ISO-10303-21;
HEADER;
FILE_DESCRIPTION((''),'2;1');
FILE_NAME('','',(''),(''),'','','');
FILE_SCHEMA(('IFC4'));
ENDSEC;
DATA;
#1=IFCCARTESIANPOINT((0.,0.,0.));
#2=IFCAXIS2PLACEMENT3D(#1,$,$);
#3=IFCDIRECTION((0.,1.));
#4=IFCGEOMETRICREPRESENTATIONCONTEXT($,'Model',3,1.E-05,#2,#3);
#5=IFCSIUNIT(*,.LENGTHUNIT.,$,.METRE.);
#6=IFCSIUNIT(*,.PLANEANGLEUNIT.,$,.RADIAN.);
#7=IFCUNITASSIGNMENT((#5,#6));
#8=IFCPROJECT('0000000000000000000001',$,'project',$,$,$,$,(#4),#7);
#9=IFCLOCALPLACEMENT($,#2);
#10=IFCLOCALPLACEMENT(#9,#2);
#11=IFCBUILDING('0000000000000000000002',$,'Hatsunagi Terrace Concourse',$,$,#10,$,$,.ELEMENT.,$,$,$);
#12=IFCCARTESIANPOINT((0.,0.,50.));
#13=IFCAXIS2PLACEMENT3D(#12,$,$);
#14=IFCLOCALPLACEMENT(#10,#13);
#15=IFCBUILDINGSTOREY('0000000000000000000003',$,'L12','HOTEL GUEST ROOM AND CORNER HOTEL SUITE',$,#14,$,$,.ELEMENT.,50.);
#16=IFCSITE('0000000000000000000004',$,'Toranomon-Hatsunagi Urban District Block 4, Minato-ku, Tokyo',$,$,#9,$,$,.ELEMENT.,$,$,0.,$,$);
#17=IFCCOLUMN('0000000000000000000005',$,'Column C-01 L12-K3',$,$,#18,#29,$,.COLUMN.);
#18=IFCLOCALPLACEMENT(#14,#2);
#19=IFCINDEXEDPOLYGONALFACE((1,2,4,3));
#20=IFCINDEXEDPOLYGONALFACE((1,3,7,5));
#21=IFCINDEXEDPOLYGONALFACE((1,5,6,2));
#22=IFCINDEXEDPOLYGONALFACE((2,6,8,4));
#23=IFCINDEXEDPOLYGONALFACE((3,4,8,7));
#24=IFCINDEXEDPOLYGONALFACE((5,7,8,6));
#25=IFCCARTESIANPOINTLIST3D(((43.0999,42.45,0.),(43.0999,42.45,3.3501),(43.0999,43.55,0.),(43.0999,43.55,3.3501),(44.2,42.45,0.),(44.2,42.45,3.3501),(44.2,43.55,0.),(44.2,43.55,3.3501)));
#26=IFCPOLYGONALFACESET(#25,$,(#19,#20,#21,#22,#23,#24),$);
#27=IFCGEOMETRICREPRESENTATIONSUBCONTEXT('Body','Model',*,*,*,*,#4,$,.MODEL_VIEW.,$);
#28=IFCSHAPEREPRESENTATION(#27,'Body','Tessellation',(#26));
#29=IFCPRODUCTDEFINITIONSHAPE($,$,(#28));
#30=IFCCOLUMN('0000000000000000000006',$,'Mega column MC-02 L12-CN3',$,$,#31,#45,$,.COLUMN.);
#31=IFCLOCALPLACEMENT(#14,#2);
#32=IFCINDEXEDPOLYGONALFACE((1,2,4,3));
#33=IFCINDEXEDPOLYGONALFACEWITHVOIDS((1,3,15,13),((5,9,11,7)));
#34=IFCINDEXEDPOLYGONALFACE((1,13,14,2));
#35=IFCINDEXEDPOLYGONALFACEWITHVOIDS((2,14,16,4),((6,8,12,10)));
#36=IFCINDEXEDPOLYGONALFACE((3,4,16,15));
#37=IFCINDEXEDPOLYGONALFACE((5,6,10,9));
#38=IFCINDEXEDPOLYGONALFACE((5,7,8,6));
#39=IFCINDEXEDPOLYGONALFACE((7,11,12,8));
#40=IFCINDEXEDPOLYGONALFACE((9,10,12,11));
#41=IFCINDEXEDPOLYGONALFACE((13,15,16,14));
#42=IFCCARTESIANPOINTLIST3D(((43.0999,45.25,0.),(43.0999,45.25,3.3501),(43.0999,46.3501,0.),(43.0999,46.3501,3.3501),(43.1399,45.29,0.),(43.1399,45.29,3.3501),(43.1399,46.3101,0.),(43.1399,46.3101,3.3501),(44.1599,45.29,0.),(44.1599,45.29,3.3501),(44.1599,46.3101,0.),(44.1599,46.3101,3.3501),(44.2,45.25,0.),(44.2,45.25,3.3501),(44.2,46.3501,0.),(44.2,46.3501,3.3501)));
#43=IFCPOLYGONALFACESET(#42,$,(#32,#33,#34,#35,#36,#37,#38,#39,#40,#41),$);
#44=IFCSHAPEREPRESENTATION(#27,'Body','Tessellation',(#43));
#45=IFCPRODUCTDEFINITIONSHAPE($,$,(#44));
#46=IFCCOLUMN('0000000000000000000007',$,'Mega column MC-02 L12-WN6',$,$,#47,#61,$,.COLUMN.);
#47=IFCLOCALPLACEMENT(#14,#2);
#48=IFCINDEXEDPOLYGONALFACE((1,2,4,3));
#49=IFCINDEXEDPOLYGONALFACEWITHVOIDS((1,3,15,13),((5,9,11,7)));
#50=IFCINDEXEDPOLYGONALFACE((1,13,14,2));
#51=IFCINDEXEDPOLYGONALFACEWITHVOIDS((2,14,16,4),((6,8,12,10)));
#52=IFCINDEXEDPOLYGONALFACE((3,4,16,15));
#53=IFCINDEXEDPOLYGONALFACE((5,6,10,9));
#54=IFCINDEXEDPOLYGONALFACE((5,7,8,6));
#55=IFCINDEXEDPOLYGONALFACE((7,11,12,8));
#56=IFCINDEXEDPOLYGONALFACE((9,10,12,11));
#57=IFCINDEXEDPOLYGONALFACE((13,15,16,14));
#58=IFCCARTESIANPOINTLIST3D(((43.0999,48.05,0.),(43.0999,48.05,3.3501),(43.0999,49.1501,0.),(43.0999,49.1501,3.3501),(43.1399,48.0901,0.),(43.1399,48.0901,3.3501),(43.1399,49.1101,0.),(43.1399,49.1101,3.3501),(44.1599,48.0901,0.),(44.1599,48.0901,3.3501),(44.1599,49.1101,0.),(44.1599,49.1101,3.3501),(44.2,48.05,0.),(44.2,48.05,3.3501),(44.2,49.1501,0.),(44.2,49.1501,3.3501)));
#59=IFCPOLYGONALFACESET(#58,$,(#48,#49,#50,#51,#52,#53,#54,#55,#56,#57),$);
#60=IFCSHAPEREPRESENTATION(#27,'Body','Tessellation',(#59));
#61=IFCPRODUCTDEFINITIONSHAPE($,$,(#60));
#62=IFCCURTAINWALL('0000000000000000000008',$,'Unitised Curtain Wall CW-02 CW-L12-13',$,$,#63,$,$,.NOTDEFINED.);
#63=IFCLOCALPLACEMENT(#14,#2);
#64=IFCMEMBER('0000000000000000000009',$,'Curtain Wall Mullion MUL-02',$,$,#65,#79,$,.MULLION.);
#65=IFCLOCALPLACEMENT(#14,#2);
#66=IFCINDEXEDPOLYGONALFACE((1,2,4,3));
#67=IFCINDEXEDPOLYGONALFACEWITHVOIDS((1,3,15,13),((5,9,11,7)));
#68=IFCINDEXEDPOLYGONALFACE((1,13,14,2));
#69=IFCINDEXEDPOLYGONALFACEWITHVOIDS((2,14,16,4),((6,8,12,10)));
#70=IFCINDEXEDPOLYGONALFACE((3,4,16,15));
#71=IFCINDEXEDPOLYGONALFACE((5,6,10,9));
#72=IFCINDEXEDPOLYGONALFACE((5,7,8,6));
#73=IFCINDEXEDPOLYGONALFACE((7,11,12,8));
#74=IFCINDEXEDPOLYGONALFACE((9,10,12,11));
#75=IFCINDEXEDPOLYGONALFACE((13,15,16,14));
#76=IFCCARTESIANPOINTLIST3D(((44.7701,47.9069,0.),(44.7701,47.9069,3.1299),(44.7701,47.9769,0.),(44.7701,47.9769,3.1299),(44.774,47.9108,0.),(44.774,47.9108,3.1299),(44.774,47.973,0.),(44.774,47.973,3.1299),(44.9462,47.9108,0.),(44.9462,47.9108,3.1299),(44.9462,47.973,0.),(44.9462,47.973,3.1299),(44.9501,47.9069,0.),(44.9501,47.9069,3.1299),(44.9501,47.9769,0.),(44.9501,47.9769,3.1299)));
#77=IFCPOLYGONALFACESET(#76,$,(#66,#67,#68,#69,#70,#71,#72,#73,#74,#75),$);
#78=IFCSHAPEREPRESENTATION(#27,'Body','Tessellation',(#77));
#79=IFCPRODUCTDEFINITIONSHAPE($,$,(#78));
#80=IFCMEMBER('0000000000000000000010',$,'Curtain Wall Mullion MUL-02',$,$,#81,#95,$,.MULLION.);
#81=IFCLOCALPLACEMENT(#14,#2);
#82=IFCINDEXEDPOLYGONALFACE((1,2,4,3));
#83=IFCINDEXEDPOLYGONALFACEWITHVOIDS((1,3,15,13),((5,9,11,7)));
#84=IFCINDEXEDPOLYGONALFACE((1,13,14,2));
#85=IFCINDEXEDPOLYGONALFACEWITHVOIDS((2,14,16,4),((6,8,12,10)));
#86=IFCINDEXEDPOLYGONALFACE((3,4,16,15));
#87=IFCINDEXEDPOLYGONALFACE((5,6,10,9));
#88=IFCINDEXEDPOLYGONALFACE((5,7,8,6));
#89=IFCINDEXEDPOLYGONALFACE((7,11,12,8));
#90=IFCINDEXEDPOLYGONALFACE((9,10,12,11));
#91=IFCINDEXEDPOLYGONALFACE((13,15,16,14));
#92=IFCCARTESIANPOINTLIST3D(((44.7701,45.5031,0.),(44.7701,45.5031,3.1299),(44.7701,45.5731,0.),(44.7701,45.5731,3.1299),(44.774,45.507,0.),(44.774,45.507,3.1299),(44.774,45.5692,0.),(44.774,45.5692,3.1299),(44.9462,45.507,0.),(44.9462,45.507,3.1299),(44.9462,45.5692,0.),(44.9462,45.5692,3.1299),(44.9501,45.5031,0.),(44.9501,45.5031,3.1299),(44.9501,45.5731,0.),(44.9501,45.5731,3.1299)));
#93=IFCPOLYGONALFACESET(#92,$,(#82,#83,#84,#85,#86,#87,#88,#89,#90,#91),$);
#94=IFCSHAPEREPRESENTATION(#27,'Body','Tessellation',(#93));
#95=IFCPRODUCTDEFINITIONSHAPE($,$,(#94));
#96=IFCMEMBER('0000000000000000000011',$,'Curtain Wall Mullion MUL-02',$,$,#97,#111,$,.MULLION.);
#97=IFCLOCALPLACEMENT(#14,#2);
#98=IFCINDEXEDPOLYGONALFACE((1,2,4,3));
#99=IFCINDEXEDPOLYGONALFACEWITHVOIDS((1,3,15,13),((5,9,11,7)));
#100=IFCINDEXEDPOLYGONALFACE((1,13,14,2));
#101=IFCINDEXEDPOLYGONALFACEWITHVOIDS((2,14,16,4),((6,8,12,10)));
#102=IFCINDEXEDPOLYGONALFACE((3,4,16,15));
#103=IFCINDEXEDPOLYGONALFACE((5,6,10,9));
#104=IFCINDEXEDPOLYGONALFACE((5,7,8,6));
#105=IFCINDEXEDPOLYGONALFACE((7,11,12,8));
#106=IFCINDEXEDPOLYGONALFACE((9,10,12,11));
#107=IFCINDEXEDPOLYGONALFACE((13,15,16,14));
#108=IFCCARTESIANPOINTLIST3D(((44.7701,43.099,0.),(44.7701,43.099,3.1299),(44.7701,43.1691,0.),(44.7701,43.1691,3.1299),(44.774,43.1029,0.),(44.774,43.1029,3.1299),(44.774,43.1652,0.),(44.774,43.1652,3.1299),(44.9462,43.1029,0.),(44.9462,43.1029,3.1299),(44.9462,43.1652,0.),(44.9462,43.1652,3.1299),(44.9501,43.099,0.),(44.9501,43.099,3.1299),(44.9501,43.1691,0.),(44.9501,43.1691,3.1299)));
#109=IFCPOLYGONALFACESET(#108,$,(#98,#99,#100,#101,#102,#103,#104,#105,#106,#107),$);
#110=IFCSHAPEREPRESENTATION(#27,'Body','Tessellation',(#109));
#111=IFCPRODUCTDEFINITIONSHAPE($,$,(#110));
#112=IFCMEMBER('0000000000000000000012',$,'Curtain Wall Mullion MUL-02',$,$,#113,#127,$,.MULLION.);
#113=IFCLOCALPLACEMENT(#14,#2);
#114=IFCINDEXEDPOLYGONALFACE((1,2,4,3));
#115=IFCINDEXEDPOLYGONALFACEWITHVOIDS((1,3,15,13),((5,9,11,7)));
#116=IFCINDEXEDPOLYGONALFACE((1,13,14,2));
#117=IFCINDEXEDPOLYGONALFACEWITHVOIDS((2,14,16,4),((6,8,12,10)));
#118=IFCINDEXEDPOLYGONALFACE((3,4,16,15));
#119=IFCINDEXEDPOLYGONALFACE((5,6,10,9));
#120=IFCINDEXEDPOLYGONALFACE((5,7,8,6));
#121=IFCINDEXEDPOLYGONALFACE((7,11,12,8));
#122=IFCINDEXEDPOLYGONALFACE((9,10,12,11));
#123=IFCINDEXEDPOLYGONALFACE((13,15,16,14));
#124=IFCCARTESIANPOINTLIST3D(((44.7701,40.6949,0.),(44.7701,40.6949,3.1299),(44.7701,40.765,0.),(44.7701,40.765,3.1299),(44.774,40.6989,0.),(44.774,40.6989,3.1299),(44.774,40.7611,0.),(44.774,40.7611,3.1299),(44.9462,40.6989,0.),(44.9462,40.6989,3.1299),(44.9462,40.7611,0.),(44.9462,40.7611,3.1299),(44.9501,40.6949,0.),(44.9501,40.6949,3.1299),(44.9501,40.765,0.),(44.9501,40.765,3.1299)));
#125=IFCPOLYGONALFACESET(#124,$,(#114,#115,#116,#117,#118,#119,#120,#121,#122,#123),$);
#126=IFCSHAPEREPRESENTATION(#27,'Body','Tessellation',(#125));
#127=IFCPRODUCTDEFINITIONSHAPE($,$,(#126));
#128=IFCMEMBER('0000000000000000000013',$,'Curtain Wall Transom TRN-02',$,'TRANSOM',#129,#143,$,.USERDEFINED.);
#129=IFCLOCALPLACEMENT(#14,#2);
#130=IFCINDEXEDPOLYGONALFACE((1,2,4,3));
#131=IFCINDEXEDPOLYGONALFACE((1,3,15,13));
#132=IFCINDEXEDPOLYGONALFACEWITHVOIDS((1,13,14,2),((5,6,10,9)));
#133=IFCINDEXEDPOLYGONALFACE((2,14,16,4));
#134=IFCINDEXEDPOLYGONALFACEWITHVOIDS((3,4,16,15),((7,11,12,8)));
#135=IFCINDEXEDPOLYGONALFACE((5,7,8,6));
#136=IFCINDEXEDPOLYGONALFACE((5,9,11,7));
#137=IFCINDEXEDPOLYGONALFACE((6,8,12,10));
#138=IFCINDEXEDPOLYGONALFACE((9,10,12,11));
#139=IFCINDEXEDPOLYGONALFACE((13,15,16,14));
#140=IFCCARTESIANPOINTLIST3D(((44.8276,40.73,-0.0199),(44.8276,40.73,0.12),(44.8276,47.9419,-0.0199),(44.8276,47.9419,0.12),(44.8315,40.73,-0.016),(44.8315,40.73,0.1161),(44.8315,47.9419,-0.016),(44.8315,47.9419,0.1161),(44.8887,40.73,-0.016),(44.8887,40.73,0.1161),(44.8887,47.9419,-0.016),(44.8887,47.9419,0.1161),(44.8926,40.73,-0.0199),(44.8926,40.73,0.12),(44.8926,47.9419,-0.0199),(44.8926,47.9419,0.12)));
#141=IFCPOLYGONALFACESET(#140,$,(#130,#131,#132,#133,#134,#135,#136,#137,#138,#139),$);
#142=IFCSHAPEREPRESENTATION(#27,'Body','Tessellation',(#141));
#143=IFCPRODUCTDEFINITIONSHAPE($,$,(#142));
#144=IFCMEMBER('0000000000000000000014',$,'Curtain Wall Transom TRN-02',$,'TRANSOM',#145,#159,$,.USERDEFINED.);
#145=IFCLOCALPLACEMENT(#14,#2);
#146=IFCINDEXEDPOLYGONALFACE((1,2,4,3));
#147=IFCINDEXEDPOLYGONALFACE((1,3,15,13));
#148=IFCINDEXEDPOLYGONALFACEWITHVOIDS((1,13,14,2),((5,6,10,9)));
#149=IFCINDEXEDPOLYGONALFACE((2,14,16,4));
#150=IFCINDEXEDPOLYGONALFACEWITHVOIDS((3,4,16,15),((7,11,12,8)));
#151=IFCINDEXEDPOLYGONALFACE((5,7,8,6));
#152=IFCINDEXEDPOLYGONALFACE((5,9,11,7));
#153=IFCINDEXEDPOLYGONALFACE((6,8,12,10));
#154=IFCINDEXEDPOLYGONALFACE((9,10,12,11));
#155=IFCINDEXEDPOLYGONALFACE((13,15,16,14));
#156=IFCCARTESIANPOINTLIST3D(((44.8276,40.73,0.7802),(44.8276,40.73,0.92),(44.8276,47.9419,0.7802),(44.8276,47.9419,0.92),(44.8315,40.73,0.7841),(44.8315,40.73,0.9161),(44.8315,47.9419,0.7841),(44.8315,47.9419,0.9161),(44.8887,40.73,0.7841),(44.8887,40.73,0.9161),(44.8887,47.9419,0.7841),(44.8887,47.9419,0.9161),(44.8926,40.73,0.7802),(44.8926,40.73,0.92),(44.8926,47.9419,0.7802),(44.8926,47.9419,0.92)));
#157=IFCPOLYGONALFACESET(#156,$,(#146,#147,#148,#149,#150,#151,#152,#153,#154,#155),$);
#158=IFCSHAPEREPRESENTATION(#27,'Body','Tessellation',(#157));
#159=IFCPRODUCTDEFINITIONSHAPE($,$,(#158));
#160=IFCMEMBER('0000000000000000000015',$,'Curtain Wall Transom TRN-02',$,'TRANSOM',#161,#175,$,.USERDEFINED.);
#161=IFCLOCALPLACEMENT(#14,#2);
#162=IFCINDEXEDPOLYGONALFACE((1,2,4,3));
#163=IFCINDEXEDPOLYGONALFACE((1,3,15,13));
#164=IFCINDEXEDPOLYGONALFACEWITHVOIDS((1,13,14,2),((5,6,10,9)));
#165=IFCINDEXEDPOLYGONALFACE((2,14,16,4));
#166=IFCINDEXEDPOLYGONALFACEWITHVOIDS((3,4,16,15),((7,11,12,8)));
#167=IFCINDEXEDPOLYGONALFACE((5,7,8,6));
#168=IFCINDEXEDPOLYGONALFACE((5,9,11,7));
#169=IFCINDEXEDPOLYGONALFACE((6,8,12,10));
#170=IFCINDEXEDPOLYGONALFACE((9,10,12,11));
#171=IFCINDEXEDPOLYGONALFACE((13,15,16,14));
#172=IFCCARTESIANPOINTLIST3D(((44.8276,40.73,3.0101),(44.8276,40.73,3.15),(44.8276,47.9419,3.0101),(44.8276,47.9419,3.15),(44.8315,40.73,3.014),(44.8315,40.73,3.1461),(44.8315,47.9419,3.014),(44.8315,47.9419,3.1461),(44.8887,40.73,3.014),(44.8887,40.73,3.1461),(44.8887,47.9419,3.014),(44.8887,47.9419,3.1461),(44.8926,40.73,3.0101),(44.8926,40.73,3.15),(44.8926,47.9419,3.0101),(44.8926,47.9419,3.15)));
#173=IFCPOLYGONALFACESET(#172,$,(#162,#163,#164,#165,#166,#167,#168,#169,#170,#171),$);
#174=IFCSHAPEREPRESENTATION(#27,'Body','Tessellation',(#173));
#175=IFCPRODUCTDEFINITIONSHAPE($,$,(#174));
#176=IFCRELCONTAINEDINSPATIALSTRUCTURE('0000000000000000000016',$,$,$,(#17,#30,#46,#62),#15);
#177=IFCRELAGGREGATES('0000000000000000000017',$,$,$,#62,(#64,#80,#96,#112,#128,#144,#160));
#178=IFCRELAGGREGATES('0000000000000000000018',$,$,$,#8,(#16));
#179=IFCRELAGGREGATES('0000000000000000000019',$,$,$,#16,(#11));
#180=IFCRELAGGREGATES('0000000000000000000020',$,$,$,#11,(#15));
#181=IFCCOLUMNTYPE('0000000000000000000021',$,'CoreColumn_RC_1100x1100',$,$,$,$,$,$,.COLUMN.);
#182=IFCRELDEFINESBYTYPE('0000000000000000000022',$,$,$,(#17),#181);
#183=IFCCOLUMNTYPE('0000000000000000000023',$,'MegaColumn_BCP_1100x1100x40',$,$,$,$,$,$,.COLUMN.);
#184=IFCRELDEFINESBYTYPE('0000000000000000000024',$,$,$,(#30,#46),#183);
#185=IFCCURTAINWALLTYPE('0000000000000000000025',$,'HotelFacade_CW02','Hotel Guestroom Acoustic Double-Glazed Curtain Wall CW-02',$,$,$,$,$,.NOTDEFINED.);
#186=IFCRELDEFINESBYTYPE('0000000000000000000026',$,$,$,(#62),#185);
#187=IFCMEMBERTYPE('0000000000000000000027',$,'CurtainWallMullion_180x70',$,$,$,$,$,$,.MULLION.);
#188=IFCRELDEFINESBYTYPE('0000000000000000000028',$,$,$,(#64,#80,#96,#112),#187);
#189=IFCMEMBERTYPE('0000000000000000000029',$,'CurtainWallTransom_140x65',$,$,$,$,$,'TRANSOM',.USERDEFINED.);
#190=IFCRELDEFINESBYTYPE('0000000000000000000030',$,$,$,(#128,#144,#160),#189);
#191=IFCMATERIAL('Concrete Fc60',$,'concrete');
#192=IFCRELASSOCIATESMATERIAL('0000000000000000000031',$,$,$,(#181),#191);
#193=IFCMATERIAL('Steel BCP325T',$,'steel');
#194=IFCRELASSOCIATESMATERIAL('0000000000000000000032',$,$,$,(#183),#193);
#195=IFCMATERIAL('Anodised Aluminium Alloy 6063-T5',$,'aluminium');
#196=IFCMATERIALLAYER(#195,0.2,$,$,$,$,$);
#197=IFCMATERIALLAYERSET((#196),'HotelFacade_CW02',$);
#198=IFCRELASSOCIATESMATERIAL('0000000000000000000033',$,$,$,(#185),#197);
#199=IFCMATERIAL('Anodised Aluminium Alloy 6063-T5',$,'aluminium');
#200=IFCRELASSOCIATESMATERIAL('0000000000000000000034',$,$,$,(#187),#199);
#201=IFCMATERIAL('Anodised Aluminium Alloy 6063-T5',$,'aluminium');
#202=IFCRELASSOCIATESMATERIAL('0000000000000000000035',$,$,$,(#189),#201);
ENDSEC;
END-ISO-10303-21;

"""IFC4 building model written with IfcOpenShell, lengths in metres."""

from ifc_helpers import new_model, si_unit, direction, frame, origin, origin_2d, place, context, subcontext, project, spatial, rectangle, hollow_rectangle, extrude, material, layer, layer_set, material_profile, profile_set, type_object, element, aggregate, save


model = new_model("IFC4")

# Units and contexts
model_context = context("Model", 3, precision=1e-05, world=origin(), true_north=direction((0.0, 1.0)))
body_context = subcontext(model_context, "Body", "Model", "MODEL_VIEW")
ifc_project = project(units=[si_unit("LENGTHUNIT", "METRE"), si_unit("PLANEANGLEUNIT", "RADIAN")], contexts=[model_context])

# Site, building, storey
site_placement = place(None, origin())
site = spatial("IfcSite", under=ifc_project, at=site_placement, Name="Toranomon-Hatsunagi Urban District Block 4, Minato-ku, Tokyo", CompositionType="ELEMENT", RefElevation=0.0)
building_placement = place(site_placement, origin())
building = spatial("IfcBuilding", under=site, at=building_placement, Name="Hatsunagi Terrace Concourse", CompositionType="ELEMENT")
storey_placement = place(building_placement, frame((0.0, 0.0, 50.0)))
storey = spatial("IfcBuildingStorey", under=building, at=storey_placement, Name="L12", Description="HOTEL GUEST ROOM AND CORNER HOTEL SUITE", CompositionType="ELEMENT", Elevation=50.0)

# Columns
ifc_material_1 = material(Name="Concrete Fc60", Category="concrete")
ifc_material_profile_1 = material_profile(ifc_material_1, rectangle(XDim=1.1001, YDim=1.1001, at=origin_2d()), Name="RC-1100x1100")
ifc_profile_set_1 = profile_set([ifc_material_profile_1], Name="Concrete Fc60")
column_type_1 = type_object("IfcColumnType", Name="CoreColumn_RC_1100x1100", PredefinedType="COLUMN", material=ifc_profile_set_1)
column_placement = place(storey_placement, frame((43.6499, 43.0, 0.0), z_axis=(0.0, 0.0, 1.0), x_axis=(1.0, 0.0, 0.0)))
element("IfcColumn", 1, at=column_placement, inside=storey, type_object=column_type_1, Name="Column C-01 L12-K3", PredefinedType="COLUMN", context=body_context, shape_type="SweptSolid", body=[
    extrude(rectangle(XDim=1.1001, YDim=1.1001, at=origin_2d()), origin(), (0.0, 0.0, 1.0), 3.3501),
])
ifc_material_2 = material(Name="Steel BCP325T", Category="steel")
ifc_material_profile_2 = material_profile(ifc_material_2, hollow_rectangle(XDim=1.1001, YDim=1.1001, WallThickness=0.04, at=origin_2d()), Name="BCP-1100x1100x40")
ifc_profile_set_2 = profile_set([ifc_material_profile_2], Name="Steel BCP325T")
column_type_2 = type_object("IfcColumnType", Name="MegaColumn_BCP_1100x1100x40", PredefinedType="COLUMN", material=ifc_profile_set_2)
for number, where, z_axis, x_axis, name in (
    (2, (43.6499, 45.8, 0.0), (0.0, 0.0, 1.0), (1.0, 0.0, 0.0), "Mega column MC-02 L12-CN3"),
    (3, (43.6499, 48.6001, 0.0), (0.0, 0.0, 1.0), (1.0, 0.0, 0.0), "Mega column MC-02 L12-WN6"),
):
    element("IfcColumn", number, at=place(storey_placement, frame(where, z_axis=z_axis, x_axis=x_axis)), inside=storey, type_object=column_type_2, Name=name, PredefinedType="COLUMN", context=body_context, shape_type="SweptSolid", body=[
        extrude(hollow_rectangle(XDim=1.1001, YDim=1.1001, WallThickness=0.04, at=origin_2d()), origin(), (0.0, 0.0, 1.0), 3.3501),
    ])

# Curtain wall, members
ifc_material_3 = material(Name="Anodised Aluminium Alloy 6063-T5", Category="aluminium")
ifc_layer_1 = layer(ifc_material_3, 0.2)
ifc_layer_set_1 = layer_set([ifc_layer_1], Name="HotelFacade_CW02")
curtain_wall_type = type_object("IfcCurtainWallType", Name="HotelFacade_CW02", Description="Hotel Guestroom Acoustic Double-Glazed Curtain Wall CW-02", PredefinedType="NOTDEFINED", material=ifc_layer_set_1)
curtain_wall_placement = place(storey_placement, origin())
curtain_wall = element("IfcCurtainWall", 4, at=curtain_wall_placement, inside=storey, type_object=curtain_wall_type, Name="Unitised Curtain Wall CW-02 CW-L12-13", PredefinedType="NOTDEFINED")
ifc_material_4 = material(Name="Anodised Aluminium Alloy 6063-T5", Category="aluminium")
ifc_material_profile_3 = material_profile(ifc_material_4, hollow_rectangle(XDim=0.0701, YDim=0.1799, WallThickness=0.0039, at=origin_2d()), Name="ALU-MUL-180x70x4")
ifc_profile_set_3 = profile_set([ifc_material_profile_3], Name="Anodised Aluminium Alloy 6063-T5")
member_type_1 = type_object("IfcMemberType", Name="CurtainWallMullion_180x70", PredefinedType="MULLION", material=ifc_profile_set_3)
member_1_placement = place(storey_placement, frame((44.8601, 47.9419, 0.0), z_axis=(0.0, 0.0, 1.0), x_axis=(0.0, -1.0, 0.0)))
member_1 = element("IfcMember", 5, at=member_1_placement, type_object=member_type_1, Name="Curtain Wall Mullion MUL-02", PredefinedType="MULLION", context=body_context, shape_type="SweptSolid", body=[
    extrude(hollow_rectangle(XDim=0.0701, YDim=0.1799, WallThickness=0.0039, at=origin_2d()), origin(), (0.0, 0.0, 1.0), 3.1299),
])
member_2_placement = place(storey_placement, frame((44.8601, 45.5381, 0.0), z_axis=(0.0, 0.0, 1.0), x_axis=(0.0, -1.0, 0.0)))
member_2 = element("IfcMember", 6, at=member_2_placement, type_object=member_type_1, Name="Curtain Wall Mullion MUL-02", PredefinedType="MULLION", context=body_context, shape_type="SweptSolid", body=[
    extrude(hollow_rectangle(XDim=0.0701, YDim=0.1799, WallThickness=0.0039, at=origin_2d()), origin(), (0.0, 0.0, 1.0), 3.1299),
])
member_3_placement = place(storey_placement, frame((44.8601, 43.134, 0.0), z_axis=(0.0, 0.0, 1.0), x_axis=(0.0, -1.0, 0.0)))
member_3 = element("IfcMember", 7, at=member_3_placement, type_object=member_type_1, Name="Curtain Wall Mullion MUL-02", PredefinedType="MULLION", context=body_context, shape_type="SweptSolid", body=[
    extrude(hollow_rectangle(XDim=0.0701, YDim=0.1799, WallThickness=0.0039, at=origin_2d()), origin(), (0.0, 0.0, 1.0), 3.1299),
])
member_4_placement = place(storey_placement, frame((44.8601, 40.73, 0.0), z_axis=(0.0, 0.0, 1.0), x_axis=(0.0, -1.0, 0.0)))
member_4 = element("IfcMember", 8, at=member_4_placement, type_object=member_type_1, Name="Curtain Wall Mullion MUL-02", PredefinedType="MULLION", context=body_context, shape_type="SweptSolid", body=[
    extrude(hollow_rectangle(XDim=0.0701, YDim=0.1799, WallThickness=0.0039, at=origin_2d()), origin(), (0.0, 0.0, 1.0), 3.1299),
])
ifc_material_5 = material(Name="Anodised Aluminium Alloy 6063-T5", Category="aluminium")
ifc_material_profile_4 = material_profile(ifc_material_5, hollow_rectangle(XDim=0.0649, YDim=0.1399, WallThickness=0.0039, at=origin_2d()), Name="ALU-TRN-140x65x4")
ifc_profile_set_4 = profile_set([ifc_material_profile_4], Name="Anodised Aluminium Alloy 6063-T5")
member_type_2 = type_object("IfcMemberType", Name="CurtainWallTransom_140x65", ElementType="TRANSOM", PredefinedType="USERDEFINED", material=ifc_profile_set_4)
member_5_placement = place(storey_placement, frame((44.8601, 47.9419, 0.05), z_axis=(0.0, -1.0, 0.0), x_axis=(1.0, 0.0, 0.0)))
member_5 = element("IfcMember", 9, at=member_5_placement, type_object=member_type_2, Name="Curtain Wall Transom TRN-02", ObjectType="TRANSOM", PredefinedType="USERDEFINED", context=body_context, shape_type="SweptSolid", body=[
    extrude(hollow_rectangle(XDim=0.0649, YDim=0.1399, WallThickness=0.0039, at=origin_2d()), origin(), (0.0, 0.0, 1.0), 7.2119),
])
member_6_placement = place(storey_placement, frame((44.8601, 47.9419, 0.8501), z_axis=(0.0, -1.0, 0.0), x_axis=(1.0, 0.0, 0.0)))
member_6 = element("IfcMember", 10, at=member_6_placement, type_object=member_type_2, Name="Curtain Wall Transom TRN-02", ObjectType="TRANSOM", PredefinedType="USERDEFINED", context=body_context, shape_type="SweptSolid", body=[
    extrude(hollow_rectangle(XDim=0.0649, YDim=0.1399, WallThickness=0.0039, at=origin_2d()), origin(), (0.0, 0.0, 1.0), 7.2119),
])
member_7_placement = place(storey_placement, frame((44.8601, 47.9419, 3.0801), z_axis=(0.0, -1.0, 0.0), x_axis=(1.0, 0.0, 0.0)))
member_7 = element("IfcMember", 11, at=member_7_placement, type_object=member_type_2, Name="Curtain Wall Transom TRN-02", ObjectType="TRANSOM", PredefinedType="USERDEFINED", context=body_context, shape_type="SweptSolid", body=[
    extrude(hollow_rectangle(XDim=0.0649, YDim=0.1399, WallThickness=0.0039, at=origin_2d()), origin(), (0.0, 0.0, 1.0), 7.2119),
])

aggregate(curtain_wall, [member_1, member_2, member_3, member_4, member_5, member_6, member_7])

save(model, "model.ifc")
